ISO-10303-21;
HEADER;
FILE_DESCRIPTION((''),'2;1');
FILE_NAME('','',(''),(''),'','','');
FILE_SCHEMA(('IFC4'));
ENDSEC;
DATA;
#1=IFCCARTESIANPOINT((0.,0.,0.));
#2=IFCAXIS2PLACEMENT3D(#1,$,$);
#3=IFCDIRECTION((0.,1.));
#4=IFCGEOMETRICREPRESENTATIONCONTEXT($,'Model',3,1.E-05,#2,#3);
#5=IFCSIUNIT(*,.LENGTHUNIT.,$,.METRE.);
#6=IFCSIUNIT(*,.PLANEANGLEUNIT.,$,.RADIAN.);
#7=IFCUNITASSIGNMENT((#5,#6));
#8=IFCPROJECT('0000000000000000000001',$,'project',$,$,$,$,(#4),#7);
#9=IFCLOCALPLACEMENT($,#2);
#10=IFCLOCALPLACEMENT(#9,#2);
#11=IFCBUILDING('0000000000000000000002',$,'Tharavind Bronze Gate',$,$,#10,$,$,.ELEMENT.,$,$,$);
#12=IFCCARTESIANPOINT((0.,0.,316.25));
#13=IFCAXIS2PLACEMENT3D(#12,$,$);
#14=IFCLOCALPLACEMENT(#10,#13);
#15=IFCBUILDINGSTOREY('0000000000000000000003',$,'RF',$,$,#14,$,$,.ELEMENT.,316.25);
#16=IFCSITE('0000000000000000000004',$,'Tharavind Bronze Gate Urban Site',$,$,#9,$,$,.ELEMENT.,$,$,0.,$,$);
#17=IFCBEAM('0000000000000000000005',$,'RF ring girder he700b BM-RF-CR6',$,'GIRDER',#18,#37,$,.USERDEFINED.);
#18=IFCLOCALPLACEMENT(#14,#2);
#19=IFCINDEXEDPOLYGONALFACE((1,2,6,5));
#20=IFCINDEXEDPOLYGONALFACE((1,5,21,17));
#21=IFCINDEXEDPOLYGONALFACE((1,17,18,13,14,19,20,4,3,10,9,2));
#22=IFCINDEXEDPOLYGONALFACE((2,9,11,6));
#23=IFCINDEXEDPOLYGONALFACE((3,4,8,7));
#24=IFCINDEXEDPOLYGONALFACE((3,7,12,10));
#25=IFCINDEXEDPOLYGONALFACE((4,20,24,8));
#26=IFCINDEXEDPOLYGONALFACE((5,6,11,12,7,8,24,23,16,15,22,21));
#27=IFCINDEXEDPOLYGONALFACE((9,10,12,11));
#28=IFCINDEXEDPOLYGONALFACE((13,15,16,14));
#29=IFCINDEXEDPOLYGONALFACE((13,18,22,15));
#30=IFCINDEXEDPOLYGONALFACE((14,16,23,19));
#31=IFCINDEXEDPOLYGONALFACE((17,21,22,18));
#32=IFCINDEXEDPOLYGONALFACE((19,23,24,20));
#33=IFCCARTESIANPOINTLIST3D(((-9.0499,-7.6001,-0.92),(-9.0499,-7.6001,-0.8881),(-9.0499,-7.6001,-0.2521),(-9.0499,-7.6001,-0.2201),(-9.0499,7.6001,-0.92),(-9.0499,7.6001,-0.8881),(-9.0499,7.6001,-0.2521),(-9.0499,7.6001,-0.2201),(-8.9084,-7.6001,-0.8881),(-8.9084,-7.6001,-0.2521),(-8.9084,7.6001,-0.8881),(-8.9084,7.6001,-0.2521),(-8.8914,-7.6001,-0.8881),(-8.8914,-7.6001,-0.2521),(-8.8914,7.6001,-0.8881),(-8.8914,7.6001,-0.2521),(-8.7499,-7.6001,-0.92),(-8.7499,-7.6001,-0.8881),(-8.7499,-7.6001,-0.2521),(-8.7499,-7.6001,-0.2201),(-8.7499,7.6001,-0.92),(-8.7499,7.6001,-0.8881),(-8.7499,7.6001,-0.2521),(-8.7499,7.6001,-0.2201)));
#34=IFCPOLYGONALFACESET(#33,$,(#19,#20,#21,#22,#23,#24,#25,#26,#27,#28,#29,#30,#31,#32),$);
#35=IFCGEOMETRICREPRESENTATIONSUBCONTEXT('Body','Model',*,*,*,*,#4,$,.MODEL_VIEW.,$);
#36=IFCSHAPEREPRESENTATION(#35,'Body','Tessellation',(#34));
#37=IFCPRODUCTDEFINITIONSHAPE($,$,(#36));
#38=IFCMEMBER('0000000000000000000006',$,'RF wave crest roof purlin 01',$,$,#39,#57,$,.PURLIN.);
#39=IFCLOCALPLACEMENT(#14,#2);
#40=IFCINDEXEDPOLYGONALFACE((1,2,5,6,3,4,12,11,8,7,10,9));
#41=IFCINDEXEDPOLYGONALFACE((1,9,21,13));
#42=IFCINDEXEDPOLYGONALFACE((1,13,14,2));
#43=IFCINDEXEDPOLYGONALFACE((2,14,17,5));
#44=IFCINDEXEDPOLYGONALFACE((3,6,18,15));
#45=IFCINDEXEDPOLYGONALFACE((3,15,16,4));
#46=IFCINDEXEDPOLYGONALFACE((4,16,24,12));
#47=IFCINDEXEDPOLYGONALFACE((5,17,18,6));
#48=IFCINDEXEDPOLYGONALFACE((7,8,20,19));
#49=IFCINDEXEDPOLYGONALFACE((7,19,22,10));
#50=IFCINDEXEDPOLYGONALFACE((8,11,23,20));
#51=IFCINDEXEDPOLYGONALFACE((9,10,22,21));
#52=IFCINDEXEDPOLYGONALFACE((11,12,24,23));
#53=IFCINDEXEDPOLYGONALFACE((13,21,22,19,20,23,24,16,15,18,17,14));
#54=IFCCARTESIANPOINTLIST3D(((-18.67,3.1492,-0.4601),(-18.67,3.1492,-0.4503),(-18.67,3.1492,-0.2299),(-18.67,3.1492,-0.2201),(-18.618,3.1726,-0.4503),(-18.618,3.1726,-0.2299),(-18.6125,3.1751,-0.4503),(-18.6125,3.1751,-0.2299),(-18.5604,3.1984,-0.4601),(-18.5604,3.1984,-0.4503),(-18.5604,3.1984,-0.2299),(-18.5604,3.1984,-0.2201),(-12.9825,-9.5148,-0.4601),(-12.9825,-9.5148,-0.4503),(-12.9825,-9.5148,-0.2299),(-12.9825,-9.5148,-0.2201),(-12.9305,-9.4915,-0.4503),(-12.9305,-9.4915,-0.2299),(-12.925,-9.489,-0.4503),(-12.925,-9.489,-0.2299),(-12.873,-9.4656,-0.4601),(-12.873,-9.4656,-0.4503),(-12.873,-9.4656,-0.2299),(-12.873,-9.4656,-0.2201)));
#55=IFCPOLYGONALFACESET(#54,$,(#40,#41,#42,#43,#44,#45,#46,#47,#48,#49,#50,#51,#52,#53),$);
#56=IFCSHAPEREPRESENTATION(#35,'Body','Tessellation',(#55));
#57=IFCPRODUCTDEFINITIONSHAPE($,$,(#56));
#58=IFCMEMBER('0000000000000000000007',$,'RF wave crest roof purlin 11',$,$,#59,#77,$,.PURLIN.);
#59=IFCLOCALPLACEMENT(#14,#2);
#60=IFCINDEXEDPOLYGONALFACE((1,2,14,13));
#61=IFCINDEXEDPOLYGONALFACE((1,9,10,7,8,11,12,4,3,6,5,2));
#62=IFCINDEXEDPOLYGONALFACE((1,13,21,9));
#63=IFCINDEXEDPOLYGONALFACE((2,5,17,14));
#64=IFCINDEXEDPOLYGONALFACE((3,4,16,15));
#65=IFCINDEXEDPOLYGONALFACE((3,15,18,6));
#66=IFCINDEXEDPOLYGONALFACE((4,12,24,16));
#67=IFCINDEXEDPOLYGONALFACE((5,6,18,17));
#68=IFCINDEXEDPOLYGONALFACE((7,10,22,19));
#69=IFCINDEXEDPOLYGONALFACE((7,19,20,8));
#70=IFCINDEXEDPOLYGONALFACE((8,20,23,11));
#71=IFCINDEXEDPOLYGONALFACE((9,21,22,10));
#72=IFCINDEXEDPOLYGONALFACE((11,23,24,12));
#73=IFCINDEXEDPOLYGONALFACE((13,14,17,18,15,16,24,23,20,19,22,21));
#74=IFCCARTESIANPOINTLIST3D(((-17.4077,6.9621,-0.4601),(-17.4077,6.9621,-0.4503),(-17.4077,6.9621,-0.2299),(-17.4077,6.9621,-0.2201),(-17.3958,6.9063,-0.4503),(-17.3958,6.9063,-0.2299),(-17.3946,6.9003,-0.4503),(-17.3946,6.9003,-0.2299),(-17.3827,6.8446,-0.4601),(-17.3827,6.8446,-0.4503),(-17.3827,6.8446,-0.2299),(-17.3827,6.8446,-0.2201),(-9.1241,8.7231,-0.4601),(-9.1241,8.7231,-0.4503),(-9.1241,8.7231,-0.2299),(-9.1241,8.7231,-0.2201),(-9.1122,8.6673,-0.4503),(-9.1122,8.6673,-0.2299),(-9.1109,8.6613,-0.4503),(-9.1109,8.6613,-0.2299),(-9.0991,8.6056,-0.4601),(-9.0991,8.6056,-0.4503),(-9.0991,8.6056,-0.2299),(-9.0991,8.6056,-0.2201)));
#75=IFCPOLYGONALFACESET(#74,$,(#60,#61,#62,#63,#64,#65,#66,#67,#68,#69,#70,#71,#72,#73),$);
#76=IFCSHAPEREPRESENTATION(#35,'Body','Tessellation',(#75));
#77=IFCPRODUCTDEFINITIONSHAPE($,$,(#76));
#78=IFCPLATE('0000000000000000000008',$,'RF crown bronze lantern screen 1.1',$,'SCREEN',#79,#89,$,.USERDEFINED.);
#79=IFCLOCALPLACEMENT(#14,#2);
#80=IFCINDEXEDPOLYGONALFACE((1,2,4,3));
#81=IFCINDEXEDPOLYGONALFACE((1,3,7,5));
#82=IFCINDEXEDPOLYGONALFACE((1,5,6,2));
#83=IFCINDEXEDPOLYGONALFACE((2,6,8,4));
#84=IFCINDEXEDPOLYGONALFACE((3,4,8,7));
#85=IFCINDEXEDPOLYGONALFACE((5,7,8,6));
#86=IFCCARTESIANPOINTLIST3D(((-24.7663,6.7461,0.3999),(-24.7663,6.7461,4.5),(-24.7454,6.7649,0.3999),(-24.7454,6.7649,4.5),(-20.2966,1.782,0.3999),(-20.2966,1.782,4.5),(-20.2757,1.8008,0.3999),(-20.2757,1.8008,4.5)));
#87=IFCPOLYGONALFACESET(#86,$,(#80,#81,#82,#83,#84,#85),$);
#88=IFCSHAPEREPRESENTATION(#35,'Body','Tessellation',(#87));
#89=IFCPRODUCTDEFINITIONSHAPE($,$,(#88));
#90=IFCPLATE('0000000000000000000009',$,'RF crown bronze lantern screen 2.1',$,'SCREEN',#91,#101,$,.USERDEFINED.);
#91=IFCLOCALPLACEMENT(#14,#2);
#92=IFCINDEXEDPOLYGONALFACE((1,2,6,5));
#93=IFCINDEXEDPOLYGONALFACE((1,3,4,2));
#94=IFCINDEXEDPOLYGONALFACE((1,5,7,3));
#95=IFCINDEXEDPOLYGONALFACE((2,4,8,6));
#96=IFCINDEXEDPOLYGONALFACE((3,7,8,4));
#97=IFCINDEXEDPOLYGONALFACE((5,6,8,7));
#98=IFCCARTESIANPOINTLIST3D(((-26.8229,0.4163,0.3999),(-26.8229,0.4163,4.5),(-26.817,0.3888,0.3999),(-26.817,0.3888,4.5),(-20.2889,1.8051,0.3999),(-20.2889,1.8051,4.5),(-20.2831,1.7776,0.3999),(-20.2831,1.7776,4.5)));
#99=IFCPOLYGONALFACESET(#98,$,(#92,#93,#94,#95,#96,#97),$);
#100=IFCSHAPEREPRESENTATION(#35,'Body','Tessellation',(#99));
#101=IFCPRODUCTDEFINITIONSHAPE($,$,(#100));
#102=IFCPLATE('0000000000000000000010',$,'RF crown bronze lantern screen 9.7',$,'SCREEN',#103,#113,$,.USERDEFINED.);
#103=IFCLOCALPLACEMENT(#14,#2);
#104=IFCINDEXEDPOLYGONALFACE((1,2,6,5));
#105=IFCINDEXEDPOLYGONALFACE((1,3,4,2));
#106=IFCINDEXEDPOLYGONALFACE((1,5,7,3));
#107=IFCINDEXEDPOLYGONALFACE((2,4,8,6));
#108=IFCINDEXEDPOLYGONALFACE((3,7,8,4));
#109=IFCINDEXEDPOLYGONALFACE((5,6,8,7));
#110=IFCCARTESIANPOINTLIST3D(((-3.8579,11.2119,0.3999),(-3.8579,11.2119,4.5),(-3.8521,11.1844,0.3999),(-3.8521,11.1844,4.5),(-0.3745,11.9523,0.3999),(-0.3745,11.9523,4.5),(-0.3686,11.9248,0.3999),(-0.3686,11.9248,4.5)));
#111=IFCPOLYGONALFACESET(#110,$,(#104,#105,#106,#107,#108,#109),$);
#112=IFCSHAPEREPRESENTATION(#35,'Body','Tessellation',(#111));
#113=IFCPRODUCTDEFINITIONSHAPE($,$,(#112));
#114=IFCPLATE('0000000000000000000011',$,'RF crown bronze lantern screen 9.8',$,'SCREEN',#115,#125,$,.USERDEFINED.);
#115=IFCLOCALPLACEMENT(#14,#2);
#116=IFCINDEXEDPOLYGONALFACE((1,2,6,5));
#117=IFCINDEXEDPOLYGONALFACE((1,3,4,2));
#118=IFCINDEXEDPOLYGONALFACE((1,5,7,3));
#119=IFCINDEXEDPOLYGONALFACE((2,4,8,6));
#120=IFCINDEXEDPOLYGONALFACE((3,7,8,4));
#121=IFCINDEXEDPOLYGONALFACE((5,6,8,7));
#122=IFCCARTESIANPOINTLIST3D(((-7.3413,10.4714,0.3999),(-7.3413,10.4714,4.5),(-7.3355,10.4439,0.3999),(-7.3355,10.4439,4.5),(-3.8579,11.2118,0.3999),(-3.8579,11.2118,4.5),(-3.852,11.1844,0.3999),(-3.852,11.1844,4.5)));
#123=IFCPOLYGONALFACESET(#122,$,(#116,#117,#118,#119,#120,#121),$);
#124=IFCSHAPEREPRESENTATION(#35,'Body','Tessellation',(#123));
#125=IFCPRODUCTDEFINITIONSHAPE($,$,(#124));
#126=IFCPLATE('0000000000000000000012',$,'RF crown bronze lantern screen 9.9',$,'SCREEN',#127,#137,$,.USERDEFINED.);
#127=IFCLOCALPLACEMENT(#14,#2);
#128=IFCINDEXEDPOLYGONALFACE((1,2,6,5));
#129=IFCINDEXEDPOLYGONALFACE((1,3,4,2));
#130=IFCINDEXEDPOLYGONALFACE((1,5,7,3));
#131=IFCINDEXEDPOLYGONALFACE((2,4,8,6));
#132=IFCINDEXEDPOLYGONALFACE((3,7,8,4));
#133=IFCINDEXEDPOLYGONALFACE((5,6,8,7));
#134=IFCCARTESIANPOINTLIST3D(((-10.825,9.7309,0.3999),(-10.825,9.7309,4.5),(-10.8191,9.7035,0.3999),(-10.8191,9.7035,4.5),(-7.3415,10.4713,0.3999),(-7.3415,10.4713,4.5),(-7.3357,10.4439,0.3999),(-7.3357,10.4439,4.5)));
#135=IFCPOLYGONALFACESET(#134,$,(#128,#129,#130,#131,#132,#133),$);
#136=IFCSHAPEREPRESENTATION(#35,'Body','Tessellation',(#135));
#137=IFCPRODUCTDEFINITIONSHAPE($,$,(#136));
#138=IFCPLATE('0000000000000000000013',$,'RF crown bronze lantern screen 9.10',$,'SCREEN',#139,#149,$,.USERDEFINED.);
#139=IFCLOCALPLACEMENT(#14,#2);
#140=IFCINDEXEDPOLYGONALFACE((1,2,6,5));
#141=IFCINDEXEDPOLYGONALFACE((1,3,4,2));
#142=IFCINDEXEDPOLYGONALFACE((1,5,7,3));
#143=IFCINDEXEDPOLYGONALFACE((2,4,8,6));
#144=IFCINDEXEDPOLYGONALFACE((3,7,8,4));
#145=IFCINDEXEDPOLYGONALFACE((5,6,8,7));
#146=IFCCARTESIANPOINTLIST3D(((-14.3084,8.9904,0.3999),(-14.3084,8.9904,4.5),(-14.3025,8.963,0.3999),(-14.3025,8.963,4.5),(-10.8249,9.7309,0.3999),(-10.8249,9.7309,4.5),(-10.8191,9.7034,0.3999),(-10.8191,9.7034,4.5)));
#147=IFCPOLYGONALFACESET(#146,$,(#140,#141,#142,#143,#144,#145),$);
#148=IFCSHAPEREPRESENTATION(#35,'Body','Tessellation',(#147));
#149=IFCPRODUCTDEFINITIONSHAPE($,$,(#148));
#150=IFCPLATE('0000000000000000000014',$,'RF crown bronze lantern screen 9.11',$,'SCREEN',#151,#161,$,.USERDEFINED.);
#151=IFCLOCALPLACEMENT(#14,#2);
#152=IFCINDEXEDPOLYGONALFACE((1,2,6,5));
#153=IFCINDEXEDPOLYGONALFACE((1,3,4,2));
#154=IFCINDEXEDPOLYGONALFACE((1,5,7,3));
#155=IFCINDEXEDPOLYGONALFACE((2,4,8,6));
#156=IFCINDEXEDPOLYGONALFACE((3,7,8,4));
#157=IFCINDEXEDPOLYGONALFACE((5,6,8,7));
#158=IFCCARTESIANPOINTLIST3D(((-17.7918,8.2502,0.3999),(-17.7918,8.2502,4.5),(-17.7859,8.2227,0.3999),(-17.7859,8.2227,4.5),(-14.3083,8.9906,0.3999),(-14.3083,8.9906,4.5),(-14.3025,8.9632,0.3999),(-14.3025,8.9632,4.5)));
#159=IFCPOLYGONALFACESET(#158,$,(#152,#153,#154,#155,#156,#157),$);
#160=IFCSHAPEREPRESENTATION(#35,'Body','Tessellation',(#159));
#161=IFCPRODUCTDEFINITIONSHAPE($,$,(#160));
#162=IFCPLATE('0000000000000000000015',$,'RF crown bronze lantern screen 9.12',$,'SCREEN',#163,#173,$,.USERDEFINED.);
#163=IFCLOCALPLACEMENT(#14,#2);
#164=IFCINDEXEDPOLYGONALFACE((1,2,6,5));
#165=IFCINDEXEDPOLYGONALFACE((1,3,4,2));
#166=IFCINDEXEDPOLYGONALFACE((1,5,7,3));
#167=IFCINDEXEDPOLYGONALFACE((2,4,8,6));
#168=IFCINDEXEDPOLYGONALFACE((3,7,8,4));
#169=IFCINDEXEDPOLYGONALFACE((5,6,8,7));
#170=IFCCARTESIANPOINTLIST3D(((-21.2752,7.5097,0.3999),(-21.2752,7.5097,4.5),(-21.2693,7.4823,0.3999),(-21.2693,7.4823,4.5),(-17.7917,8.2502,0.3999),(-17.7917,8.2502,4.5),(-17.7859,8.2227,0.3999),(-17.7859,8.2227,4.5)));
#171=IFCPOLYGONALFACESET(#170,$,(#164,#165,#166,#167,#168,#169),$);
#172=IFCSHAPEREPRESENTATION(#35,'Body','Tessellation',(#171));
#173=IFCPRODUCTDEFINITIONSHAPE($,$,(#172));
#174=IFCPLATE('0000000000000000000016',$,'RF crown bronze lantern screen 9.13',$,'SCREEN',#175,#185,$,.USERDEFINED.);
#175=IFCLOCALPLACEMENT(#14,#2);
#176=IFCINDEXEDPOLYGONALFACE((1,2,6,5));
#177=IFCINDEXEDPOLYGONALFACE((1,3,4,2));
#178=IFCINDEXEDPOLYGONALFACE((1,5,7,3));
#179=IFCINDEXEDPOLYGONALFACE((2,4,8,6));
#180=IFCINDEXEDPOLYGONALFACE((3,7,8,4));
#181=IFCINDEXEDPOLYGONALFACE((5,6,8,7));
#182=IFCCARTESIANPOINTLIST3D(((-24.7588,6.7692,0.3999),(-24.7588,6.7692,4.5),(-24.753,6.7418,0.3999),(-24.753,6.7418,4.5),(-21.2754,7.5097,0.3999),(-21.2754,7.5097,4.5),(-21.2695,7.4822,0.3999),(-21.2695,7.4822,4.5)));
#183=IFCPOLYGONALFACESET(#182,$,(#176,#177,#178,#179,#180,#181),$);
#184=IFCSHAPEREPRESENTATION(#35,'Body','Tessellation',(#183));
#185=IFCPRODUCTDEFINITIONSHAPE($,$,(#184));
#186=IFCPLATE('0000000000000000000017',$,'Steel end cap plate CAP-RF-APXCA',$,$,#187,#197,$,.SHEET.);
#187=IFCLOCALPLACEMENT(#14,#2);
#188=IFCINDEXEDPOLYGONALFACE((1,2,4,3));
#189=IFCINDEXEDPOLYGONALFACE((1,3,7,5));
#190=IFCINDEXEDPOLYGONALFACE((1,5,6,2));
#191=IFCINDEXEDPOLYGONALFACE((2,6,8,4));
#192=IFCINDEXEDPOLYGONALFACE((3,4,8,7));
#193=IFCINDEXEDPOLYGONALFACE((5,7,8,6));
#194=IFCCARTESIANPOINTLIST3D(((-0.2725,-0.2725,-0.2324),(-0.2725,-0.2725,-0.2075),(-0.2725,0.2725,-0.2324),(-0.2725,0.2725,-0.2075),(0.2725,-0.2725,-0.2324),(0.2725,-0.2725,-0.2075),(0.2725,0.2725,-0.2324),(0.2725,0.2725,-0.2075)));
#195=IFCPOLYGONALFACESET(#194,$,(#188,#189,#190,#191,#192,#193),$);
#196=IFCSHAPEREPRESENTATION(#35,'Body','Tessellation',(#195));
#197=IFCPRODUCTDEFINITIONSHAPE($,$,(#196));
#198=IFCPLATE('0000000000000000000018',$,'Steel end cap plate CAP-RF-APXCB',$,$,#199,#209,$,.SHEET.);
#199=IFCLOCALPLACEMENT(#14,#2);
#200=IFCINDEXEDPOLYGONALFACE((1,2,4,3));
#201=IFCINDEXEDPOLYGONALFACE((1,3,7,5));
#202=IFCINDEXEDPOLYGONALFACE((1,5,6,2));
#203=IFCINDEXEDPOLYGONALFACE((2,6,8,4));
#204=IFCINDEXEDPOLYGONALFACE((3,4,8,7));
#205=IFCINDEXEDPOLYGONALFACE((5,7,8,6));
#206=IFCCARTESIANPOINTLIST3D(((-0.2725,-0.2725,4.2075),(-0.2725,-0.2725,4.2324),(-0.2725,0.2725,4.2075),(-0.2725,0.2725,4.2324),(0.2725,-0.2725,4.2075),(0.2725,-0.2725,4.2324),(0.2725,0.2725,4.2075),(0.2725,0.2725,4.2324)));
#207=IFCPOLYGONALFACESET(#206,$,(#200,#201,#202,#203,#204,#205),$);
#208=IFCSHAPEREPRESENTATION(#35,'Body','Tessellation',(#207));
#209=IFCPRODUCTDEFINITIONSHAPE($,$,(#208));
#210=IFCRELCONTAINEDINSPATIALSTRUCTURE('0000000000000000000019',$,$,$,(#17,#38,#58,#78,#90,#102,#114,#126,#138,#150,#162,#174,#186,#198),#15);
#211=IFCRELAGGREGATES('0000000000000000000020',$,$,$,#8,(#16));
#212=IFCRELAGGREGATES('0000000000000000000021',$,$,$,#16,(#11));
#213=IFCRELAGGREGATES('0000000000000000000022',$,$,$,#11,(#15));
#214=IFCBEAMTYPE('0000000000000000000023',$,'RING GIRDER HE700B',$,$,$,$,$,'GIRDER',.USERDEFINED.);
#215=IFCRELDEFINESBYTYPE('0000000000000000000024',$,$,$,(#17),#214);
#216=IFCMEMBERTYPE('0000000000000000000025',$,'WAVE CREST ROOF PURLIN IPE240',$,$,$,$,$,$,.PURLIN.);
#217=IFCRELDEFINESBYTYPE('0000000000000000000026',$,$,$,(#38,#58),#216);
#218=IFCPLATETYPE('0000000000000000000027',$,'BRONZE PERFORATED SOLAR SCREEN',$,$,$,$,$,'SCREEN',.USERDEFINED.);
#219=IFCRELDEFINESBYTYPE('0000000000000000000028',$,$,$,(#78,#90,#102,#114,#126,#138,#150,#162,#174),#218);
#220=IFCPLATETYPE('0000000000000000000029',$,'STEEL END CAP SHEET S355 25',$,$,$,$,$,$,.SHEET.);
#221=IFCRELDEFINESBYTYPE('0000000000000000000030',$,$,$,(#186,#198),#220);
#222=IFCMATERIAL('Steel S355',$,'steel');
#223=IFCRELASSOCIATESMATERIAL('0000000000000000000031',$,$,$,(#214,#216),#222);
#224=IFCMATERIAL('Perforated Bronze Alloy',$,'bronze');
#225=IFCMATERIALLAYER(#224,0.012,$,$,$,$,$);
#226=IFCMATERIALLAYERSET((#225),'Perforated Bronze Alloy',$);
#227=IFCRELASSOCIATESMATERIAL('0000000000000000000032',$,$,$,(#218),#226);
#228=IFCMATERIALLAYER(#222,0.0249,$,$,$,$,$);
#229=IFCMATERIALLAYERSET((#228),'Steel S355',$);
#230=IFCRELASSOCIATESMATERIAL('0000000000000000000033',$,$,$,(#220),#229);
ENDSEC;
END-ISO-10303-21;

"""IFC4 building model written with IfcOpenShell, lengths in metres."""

from ifc_helpers import new_model, si_unit, direction, frame, origin, origin_2d, place, context, subcontext, project, spatial, rectangle, i_section, extrude, material, layer, layer_set, material_profile, profile_set, type_object, element, save


model = new_model("IFC4")

# Units and contexts
model_context = context("Model", 3, precision=1e-05, world=origin(), true_north=direction((0.0, 1.0)))
body_context = subcontext(model_context, "Body", "Model", "MODEL_VIEW")
ifc_project = project(units=[si_unit("LENGTHUNIT", "METRE"), si_unit("PLANEANGLEUNIT", "RADIAN")], contexts=[model_context])

# Site, building, storey
site_placement = place(None, origin())
site = spatial("IfcSite", under=ifc_project, at=site_placement, Name="Tharavind Bronze Gate Urban Site", CompositionType="ELEMENT", RefElevation=0.0)
building_placement = place(site_placement, origin())
building = spatial("IfcBuilding", under=site, at=building_placement, Name="Tharavind Bronze Gate", CompositionType="ELEMENT")
storey_placement = place(building_placement, frame((0.0, 0.0, 316.25)))
storey = spatial("IfcBuildingStorey", under=building, at=storey_placement, Name="RF", CompositionType="ELEMENT", Elevation=316.25)

# Beam
ifc_material_1 = material(Name="Steel S355", Category="steel")
ifc_material_profile_1 = material_profile(ifc_material_1, i_section(OverallWidth=0.3, OverallDepth=0.7, WebThickness=0.0171, FlangeThickness=0.032, at=origin_2d()), Name="HE700B")
ifc_profile_set_1 = profile_set([ifc_material_profile_1], Name="Steel S355")
beam_type_1 = type_object("IfcBeamType", Name="RING GIRDER HE700B", ElementType="GIRDER", PredefinedType="USERDEFINED", material=ifc_profile_set_1)
beam_1_placement = place(storey_placement, frame((-8.8999, 7.6001, -0.5701), z_axis=(0.0, -1.0, 0.0), x_axis=(1.0, 0.0, 0.0)))
element("IfcBeam", 1, at=beam_1_placement, inside=storey, type_object=beam_type_1, Name="RF ring girder he700b BM-RF-CR6", ObjectType="GIRDER", PredefinedType="USERDEFINED", context=body_context, shape_type="SweptSolid", body=[
    extrude(i_section(OverallWidth=0.3, OverallDepth=0.7, WebThickness=0.0171, FlangeThickness=0.032, at=origin_2d()), origin(), (0.0, 0.0, 1.0), 15.2002),
])

# Members
ifc_material_profile_2 = material_profile(ifc_material_1, i_section(OverallWidth=0.1201, OverallDepth=0.24, WebThickness=0.0061, FlangeThickness=0.0098, at=origin_2d()), Name="IPE240")
ifc_profile_set_2 = profile_set([ifc_material_profile_2], Name="Steel S355")
member_type = type_object("IfcMemberType", Name="WAVE CREST ROOF PURLIN IPE240", PredefinedType="PURLIN", material=ifc_profile_set_2)
member_1_placement = place(storey_placement, frame((-18.6152, 3.1738, -0.3401), z_axis=(0.409686, -0.912227, 0.0), x_axis=(0.912227, 0.409686, 0.0)))
element("IfcMember", 2, at=member_1_placement, inside=storey, type_object=member_type, Name="RF wave crest roof purlin 01", PredefinedType="PURLIN", context=body_context, shape_type="SweptSolid", body=[
    extrude(i_section(OverallWidth=0.1201, OverallDepth=0.24, WebThickness=0.0061, FlangeThickness=0.0098, at=origin_2d()), origin(), (0.0, 0.0, 1.0), 13.8826),
])
member_2_placement = place(storey_placement, frame((-9.1116, 8.6643, -0.3401), z_axis=(-0.978142, -0.207938, 0.0), x_axis=(0.207938, -0.978142, 0.0)))
element("IfcMember", 3, at=member_2_placement, inside=storey, type_object=member_type, Name="RF wave crest roof purlin 11", PredefinedType="PURLIN", context=body_context, shape_type="SweptSolid", body=[
    extrude(i_section(OverallWidth=0.1201, OverallDepth=0.24, WebThickness=0.0061, FlangeThickness=0.0098, at=origin_2d()), origin(), (0.0, 0.0, 1.0), 8.4688),
])

# Plates
ifc_material_2 = material(Name="Perforated Bronze Alloy", Category="bronze")
ifc_layer_1 = layer(ifc_material_2, 0.012)
ifc_layer_set_1 = layer_set([ifc_layer_1], Name="Perforated Bronze Alloy")
plate_type_1 = type_object("IfcPlateType", Name="BRONZE PERFORATED SOLAR SCREEN", ElementType="SCREEN", PredefinedType="USERDEFINED", material=ifc_layer_set_1)
for number, where, z_axis, x_axis, name in (
    (4, (-22.521, 4.2734, 0.3999), (0.0, 0.0, 1.0), (0.669132, -0.743144, 0.0), "RF crown bronze lantern screen 1.1"),
    (5, (-23.553, 1.0969, 0.3999), (0.0, 0.0, 1.0), (-0.978149, -0.207905, 0.0), "RF crown bronze lantern screen 2.1"),
):
    element("IfcPlate", number, at=place(storey_placement, frame(where, z_axis=z_axis, x_axis=x_axis)), inside=storey, type_object=plate_type_1, Name=name, ObjectType="SCREEN", PredefinedType="USERDEFINED", context=body_context, shape_type="SweptSolid", body=[
        extrude(rectangle(XDim=6.6799, YDim=0.0281, at=origin_2d()), origin(), (0.0, 0.0, 1.0), 4.1001),
    ])
for number, where, z_axis, x_axis, name in (
    (6, (-2.1133, 11.5684, 0.3999), (0.0, 0.0, 1.0), (-0.978148, -0.207912, 0.0), "RF crown bronze lantern screen 9.7"),
    (7, (-5.5967, 10.8279, 0.3999), (0.0, 0.0, 1.0), (-0.978148, -0.207912, 0.0), "RF crown bronze lantern screen 9.8"),
    (8, (-9.0803, 10.0874, 0.3999), (0.0, 0.0, 1.0), (-0.978148, -0.207912, 0.0), "RF crown bronze lantern screen 9.9"),
    (9, (-12.5637, 9.3469, 0.3999), (0.0, 0.0, 1.0), (-0.978148, -0.207912, 0.0), "RF crown bronze lantern screen 9.10"),
    (10, (-16.0471, 8.6067, 0.3999), (0.0, 0.0, 1.0), (-0.978148, -0.207912, 0.0), "RF crown bronze lantern screen 9.11"),
    (11, (-19.5305, 7.8662, 0.3999), (0.0, 0.0, 1.0), (-0.978148, -0.207912, 0.0), "RF crown bronze lantern screen 9.12"),
    (12, (-23.0142, 7.1257, 0.3999), (0.0, 0.0, 1.0), (-0.978148, -0.207912, 0.0), "RF crown bronze lantern screen 9.13"),
):
    element("IfcPlate", number, at=place(storey_placement, frame(where, z_axis=z_axis, x_axis=x_axis)), inside=storey, type_object=plate_type_1, Name=name, ObjectType="SCREEN", PredefinedType="USERDEFINED", context=body_context, shape_type="SweptSolid", body=[
        extrude(rectangle(XDim=3.5613, YDim=0.0281, at=origin_2d()), origin(), (0.0, 0.0, 1.0), 4.1001),
    ])
ifc_layer_2 = layer(ifc_material_1, 0.0249)
ifc_layer_set_2 = layer_set([ifc_layer_2], Name="Steel S355")
plate_type_2 = type_object("IfcPlateType", Name="STEEL END CAP SHEET S355 25", PredefinedType="SHEET", material=ifc_layer_set_2)
for number, where, z_axis, x_axis, name in (
    (13, (0.0, 0.0, -0.2324), (0.0, 0.0, 1.0), (1.0, 0.0, 0.0), "Steel end cap plate CAP-RF-APXCA"),
    (14, (0.0, 0.0, 4.2075), (0.0, 0.0, 1.0), (1.0, 0.0, 0.0), "Steel end cap plate CAP-RF-APXCB"),
):
    element("IfcPlate", number, at=place(storey_placement, frame(where, z_axis=z_axis, x_axis=x_axis)), inside=storey, type_object=plate_type_2, Name=name, PredefinedType="SHEET", context=body_context, shape_type="SweptSolid", body=[
        extrude(rectangle(XDim=0.5449, YDim=0.5449, at=origin_2d()), origin(), (0.0, 0.0, 1.0), 0.0249),
    ])

save(model, "model.ifc")
